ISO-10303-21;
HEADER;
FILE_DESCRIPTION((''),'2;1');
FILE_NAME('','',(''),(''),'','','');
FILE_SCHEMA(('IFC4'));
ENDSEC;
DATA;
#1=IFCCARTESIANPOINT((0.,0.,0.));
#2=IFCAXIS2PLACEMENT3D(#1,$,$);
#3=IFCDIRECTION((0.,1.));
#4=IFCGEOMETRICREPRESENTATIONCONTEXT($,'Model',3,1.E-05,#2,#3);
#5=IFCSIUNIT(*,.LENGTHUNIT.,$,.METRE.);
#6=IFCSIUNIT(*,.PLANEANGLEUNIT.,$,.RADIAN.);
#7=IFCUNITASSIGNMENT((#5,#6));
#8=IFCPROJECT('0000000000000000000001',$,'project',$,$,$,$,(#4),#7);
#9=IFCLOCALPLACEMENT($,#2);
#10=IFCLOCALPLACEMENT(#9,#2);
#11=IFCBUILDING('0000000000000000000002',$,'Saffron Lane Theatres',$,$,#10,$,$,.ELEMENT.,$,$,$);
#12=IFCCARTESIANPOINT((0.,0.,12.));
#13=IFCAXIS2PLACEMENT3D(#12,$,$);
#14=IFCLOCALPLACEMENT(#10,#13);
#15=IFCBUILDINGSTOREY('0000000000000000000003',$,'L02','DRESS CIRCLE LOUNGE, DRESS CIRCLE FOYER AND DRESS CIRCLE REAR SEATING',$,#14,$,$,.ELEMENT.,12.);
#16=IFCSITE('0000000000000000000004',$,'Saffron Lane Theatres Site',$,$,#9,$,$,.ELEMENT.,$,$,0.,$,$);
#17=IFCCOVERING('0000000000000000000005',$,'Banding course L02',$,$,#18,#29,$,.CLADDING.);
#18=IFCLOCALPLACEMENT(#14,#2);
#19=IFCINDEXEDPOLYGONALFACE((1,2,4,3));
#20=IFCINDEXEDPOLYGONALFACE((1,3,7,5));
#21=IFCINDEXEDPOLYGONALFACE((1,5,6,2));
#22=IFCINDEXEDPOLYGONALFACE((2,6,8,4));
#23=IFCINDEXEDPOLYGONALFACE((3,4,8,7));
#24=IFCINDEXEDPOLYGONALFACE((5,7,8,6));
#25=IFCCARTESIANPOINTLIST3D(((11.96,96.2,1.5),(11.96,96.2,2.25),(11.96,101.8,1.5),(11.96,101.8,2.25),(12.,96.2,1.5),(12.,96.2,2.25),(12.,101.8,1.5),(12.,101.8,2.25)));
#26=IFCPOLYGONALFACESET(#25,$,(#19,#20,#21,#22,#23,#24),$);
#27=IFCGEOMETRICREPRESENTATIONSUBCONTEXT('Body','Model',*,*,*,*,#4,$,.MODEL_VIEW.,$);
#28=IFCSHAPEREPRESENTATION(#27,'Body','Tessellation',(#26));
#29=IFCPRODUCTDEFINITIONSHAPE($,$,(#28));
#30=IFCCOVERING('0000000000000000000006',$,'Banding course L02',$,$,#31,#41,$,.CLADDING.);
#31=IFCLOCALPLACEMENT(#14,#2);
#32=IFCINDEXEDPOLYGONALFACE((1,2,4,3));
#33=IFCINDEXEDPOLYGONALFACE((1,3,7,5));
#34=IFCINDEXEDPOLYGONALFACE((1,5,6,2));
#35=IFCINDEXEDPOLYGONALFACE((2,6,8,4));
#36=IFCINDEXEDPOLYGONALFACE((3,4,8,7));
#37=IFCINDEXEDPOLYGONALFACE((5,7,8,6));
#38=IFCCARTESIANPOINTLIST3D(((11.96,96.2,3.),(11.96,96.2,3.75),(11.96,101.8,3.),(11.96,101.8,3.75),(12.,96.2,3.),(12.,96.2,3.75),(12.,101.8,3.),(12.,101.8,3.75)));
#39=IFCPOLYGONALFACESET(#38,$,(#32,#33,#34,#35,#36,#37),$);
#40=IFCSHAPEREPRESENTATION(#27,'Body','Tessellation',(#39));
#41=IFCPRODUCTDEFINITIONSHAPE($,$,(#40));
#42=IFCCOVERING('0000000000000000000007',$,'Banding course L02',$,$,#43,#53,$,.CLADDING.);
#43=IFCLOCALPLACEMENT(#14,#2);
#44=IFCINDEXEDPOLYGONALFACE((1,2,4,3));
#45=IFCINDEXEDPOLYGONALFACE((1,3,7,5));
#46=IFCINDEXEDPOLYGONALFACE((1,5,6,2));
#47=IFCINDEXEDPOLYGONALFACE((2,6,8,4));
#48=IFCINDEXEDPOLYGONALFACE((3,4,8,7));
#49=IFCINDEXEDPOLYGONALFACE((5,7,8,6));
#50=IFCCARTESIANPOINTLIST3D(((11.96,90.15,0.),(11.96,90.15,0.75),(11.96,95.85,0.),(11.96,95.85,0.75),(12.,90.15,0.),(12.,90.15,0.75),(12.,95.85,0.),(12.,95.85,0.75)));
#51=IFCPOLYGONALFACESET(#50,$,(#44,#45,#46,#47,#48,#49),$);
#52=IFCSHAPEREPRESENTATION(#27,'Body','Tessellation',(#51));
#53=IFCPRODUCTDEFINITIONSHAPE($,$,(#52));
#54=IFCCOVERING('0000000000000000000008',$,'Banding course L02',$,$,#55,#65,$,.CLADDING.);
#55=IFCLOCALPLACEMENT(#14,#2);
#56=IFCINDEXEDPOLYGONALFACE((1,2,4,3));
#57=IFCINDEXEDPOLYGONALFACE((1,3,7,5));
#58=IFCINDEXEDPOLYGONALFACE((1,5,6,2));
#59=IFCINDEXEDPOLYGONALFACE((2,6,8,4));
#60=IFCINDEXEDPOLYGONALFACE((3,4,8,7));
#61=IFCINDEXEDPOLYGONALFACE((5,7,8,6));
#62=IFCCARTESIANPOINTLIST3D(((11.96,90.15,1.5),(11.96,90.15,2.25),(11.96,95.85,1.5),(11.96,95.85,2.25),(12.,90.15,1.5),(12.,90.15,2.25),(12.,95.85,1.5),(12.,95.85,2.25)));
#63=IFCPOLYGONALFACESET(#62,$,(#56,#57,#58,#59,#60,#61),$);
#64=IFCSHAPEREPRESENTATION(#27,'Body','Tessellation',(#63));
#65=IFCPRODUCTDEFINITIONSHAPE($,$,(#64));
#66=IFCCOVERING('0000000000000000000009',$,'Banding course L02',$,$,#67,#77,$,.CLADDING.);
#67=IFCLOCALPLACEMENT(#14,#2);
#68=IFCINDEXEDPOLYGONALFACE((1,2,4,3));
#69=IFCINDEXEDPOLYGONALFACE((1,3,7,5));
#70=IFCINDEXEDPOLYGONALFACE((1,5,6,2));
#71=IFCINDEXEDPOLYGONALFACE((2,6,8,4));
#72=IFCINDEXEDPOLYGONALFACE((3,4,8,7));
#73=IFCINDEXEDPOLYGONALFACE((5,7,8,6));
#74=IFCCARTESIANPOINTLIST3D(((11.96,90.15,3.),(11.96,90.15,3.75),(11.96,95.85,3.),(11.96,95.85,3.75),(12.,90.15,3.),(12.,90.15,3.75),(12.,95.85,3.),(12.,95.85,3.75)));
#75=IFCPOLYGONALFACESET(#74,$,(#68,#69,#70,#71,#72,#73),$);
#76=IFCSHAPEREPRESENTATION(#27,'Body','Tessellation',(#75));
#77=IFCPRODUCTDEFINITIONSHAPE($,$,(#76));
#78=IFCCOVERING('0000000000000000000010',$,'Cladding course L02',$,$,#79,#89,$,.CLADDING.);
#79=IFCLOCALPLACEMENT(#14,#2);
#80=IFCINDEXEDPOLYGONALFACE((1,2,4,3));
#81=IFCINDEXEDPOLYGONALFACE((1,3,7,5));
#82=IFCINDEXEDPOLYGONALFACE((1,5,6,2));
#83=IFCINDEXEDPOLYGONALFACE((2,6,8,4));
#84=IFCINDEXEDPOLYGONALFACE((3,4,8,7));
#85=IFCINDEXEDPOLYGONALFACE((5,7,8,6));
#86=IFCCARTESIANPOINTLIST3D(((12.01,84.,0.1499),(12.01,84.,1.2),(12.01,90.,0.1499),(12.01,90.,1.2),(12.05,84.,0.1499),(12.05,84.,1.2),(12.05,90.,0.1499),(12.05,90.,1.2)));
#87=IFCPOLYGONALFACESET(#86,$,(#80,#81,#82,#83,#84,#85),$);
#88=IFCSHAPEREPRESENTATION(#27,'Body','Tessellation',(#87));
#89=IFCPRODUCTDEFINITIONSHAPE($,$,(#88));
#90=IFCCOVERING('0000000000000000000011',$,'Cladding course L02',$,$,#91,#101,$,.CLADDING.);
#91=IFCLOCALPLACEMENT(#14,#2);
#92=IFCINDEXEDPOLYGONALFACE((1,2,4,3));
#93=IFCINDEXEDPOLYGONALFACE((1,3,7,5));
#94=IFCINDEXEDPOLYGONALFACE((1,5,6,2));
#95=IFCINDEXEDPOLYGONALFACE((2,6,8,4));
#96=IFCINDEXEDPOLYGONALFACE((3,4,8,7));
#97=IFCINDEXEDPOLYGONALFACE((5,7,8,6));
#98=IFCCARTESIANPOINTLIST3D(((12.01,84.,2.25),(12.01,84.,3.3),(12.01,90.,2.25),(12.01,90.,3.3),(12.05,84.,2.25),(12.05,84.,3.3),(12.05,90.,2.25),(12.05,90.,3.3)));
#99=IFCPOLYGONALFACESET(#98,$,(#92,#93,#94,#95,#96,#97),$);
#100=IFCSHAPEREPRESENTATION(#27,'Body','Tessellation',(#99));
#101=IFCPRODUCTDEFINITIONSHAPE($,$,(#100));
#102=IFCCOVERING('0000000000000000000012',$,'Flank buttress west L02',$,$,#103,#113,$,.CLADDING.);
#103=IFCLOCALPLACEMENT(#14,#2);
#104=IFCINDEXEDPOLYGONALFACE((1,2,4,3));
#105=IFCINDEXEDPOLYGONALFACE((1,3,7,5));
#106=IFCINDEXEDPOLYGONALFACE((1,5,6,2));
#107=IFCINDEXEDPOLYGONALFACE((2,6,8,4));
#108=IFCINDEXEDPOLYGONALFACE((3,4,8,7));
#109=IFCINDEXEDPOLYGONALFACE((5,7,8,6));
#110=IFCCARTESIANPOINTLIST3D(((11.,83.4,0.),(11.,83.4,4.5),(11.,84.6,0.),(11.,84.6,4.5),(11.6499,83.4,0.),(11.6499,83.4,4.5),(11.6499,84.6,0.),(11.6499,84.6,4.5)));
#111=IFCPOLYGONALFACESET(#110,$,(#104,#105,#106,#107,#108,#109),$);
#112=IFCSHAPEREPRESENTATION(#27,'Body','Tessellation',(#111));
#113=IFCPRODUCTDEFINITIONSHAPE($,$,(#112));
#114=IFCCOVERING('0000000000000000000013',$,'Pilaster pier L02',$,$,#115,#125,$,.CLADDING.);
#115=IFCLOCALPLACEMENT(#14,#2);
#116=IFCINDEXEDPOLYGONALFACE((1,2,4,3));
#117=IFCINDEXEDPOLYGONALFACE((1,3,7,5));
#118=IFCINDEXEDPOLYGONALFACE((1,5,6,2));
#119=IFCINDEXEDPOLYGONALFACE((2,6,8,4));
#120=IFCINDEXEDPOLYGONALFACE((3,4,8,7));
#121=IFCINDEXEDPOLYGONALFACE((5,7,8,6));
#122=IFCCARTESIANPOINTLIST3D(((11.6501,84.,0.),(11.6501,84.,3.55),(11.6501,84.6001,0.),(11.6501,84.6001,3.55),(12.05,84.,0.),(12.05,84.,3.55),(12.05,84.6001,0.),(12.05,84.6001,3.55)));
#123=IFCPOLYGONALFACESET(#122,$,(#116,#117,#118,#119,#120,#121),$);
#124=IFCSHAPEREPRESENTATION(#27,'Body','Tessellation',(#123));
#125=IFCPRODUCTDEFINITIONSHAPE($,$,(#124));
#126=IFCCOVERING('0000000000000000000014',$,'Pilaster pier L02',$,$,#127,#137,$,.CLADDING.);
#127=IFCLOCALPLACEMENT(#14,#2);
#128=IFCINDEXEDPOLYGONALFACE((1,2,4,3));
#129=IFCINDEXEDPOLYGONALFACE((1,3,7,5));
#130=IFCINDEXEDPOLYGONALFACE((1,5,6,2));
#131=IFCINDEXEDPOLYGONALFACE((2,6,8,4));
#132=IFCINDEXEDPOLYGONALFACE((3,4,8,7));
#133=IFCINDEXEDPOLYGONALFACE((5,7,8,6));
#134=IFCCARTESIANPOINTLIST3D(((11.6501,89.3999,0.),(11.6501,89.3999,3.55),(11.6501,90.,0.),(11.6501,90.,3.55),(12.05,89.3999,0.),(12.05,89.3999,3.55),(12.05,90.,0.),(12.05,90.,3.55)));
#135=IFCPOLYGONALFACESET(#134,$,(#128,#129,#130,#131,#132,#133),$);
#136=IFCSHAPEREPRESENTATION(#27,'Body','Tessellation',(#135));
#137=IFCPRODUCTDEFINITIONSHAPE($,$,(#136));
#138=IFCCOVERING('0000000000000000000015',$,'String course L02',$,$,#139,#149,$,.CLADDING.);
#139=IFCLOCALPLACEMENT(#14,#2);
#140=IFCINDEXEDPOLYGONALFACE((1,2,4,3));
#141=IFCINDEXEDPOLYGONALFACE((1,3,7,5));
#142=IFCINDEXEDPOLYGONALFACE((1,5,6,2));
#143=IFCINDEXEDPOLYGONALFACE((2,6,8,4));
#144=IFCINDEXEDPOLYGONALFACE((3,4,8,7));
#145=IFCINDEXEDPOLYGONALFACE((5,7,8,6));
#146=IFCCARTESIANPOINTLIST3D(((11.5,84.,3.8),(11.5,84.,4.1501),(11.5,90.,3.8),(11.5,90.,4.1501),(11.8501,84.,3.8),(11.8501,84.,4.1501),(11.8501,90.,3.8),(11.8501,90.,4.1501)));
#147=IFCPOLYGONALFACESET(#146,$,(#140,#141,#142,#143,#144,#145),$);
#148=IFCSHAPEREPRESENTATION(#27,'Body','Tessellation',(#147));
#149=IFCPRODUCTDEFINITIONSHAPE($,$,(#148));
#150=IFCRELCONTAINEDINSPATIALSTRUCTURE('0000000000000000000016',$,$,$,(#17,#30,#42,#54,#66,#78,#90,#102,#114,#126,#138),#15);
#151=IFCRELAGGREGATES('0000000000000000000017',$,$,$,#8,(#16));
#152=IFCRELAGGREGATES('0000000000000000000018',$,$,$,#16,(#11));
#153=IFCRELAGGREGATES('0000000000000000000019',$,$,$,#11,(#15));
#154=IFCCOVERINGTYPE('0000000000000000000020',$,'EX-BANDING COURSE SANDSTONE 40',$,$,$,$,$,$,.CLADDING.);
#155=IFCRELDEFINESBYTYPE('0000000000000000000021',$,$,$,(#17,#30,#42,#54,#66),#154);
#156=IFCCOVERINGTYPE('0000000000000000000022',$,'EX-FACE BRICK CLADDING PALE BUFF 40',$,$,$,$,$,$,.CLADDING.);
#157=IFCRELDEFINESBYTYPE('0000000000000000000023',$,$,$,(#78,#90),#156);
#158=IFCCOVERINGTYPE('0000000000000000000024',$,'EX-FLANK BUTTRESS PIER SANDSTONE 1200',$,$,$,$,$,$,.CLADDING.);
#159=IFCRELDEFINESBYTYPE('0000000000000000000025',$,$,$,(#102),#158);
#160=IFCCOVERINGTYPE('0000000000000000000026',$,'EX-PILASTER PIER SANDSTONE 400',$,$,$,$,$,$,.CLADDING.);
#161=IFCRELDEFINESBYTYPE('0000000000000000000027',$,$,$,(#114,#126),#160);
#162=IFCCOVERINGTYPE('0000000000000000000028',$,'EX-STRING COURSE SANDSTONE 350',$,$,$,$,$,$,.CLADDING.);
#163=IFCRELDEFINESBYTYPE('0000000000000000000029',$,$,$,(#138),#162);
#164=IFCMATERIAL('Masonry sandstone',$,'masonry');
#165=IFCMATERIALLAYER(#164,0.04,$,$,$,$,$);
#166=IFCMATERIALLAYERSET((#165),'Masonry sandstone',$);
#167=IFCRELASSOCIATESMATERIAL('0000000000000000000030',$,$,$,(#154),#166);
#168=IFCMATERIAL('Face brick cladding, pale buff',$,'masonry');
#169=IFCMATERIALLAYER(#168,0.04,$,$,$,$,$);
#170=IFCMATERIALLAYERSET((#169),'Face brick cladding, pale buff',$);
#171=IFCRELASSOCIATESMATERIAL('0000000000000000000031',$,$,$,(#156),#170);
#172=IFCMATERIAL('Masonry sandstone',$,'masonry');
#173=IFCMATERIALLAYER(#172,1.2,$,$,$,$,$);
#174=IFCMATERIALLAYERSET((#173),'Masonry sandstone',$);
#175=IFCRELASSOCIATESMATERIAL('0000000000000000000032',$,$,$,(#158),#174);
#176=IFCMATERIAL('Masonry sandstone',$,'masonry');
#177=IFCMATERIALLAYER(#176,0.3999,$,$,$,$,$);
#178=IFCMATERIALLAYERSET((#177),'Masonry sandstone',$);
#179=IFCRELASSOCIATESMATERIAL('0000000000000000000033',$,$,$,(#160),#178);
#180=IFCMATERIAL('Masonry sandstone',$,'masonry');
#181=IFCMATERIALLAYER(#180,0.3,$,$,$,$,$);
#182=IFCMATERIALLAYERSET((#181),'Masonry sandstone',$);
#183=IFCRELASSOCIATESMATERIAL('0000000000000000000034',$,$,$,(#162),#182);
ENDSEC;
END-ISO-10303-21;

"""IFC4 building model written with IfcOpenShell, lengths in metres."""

from ifc_helpers import new_model, si_unit, direction, frame, origin, origin_2d, place, context, subcontext, project, spatial, rectangle, extrude, material, layer, layer_set, type_object, element, save


model = new_model("IFC4")

# Units and contexts
model_context = context("Model", 3, precision=1e-05, world=origin(), true_north=direction((0.0, 1.0)))
body_context = subcontext(model_context, "Body", "Model", "MODEL_VIEW")
ifc_project = project(units=[si_unit("LENGTHUNIT", "METRE"), si_unit("PLANEANGLEUNIT", "RADIAN")], contexts=[model_context])

# Site, building, storey
site_placement = place(None, origin())
site = spatial("IfcSite", under=ifc_project, at=site_placement, Name="Saffron Lane Theatres Site", CompositionType="ELEMENT", RefElevation=0.0)
building_placement = place(site_placement, origin())
building = spatial("IfcBuilding", under=site, at=building_placement, Name="Saffron Lane Theatres", CompositionType="ELEMENT")
storey_placement = place(building_placement, frame((0.0, 0.0, 12.0)))
storey = spatial("IfcBuildingStorey", under=building, at=storey_placement, Name="L02", Description="DRESS CIRCLE LOUNGE, DRESS CIRCLE FOYER AND DRESS CIRCLE REAR SEATING", CompositionType="ELEMENT", Elevation=12.0)

# Coverings
ifc_material_1 = material(Name="Masonry sandstone", Category="masonry")
ifc_layer_1 = layer(ifc_material_1, 0.04)
ifc_layer_set_1 = layer_set([ifc_layer_1], Name="Masonry sandstone")
covering_type_1 = type_object("IfcCoveringType", Name="EX-BANDING COURSE SANDSTONE 40", PredefinedType="CLADDING", material=ifc_layer_set_1)
for number, where, z_axis, x_axis, name in (
    (1, (11.98, 99.0, 1.5), (0.0, 0.0, 1.0), (0.0, 1.0, 0.0), "Banding course L02"),
    (2, (11.98, 99.0, 3.0), (0.0, 0.0, 1.0), (0.0, 1.0, 0.0), "Banding course L02"),
):
    element("IfcCovering", number, at=place(storey_placement, frame(where, z_axis=z_axis, x_axis=x_axis)), inside=storey, type_object=covering_type_1, Name=name, PredefinedType="CLADDING", context=body_context, shape_type="SweptSolid", body=[
        extrude(rectangle(XDim=5.6001, YDim=0.04, at=origin_2d()), origin(), (0.0, 0.0, 1.0), 0.75),
    ])
for number, where, z_axis, x_axis, name in (
    (3, (11.98, 93.0, 0.0), (0.0, 0.0, 1.0), (0.0, 1.0, 0.0), "Banding course L02"),
    (4, (11.98, 93.0, 1.5), (0.0, 0.0, 1.0), (0.0, 1.0, 0.0), "Banding course L02"),
    (5, (11.98, 93.0, 3.0), (0.0, 0.0, 1.0), (0.0, 1.0, 0.0), "Banding course L02"),
):
    element("IfcCovering", number, at=place(storey_placement, frame(where, z_axis=z_axis, x_axis=x_axis)), inside=storey, type_object=covering_type_1, Name=name, PredefinedType="CLADDING", context=body_context, shape_type="SweptSolid", body=[
        extrude(rectangle(XDim=5.7, YDim=0.04, at=origin_2d()), origin(), (0.0, 0.0, 1.0), 0.75),
    ])
ifc_material_2 = material(Name="Face brick cladding, pale buff", Category="masonry")
ifc_layer_2 = layer(ifc_material_2, 0.04)
ifc_layer_set_2 = layer_set([ifc_layer_2], Name="Face brick cladding, pale buff")
covering_type_2 = type_object("IfcCoveringType", Name="EX-FACE BRICK CLADDING PALE BUFF 40", PredefinedType="CLADDING", material=ifc_layer_set_2)
for number, where, z_axis, x_axis, name in (
    (6, (12.03, 87.0, 0.1499), (0.0, 0.0, 1.0), (0.0, 1.0, 0.0), "Cladding course L02"),
    (7, (12.03, 87.0, 2.25), (0.0, 0.0, 1.0), (0.0, 1.0, 0.0), "Cladding course L02"),
):
    element("IfcCovering", number, at=place(storey_placement, frame(where, z_axis=z_axis, x_axis=x_axis)), inside=storey, type_object=covering_type_2, Name=name, PredefinedType="CLADDING", context=body_context, shape_type="SweptSolid", body=[
        extrude(rectangle(XDim=6.0, YDim=0.04, at=origin_2d()), origin(), (0.0, 0.0, 1.0), 1.05),
    ])
ifc_material_3 = material(Name="Masonry sandstone", Category="masonry")
ifc_layer_3 = layer(ifc_material_3, 1.2)
ifc_layer_set_3 = layer_set([ifc_layer_3], Name="Masonry sandstone")
covering_type_3 = type_object("IfcCoveringType", Name="EX-FLANK BUTTRESS PIER SANDSTONE 1200", PredefinedType="CLADDING", material=ifc_layer_set_3)
covering_1_placement = place(storey_placement, frame((11.325, 84.0, 0.0), z_axis=(0.0, 0.0, 1.0), x_axis=(0.0, 1.0, 0.0)))
element("IfcCovering", 8, at=covering_1_placement, inside=storey, type_object=covering_type_3, Name="Flank buttress west L02", PredefinedType="CLADDING", context=body_context, shape_type="SweptSolid", body=[
    extrude(rectangle(XDim=1.2, YDim=0.6499, at=origin_2d()), origin(), (0.0, 0.0, 1.0), 4.5),
])
ifc_material_4 = material(Name="Masonry sandstone", Category="masonry")
ifc_layer_4 = layer(ifc_material_4, 0.3999)
ifc_layer_set_4 = layer_set([ifc_layer_4], Name="Masonry sandstone")
covering_type_4 = type_object("IfcCoveringType", Name="EX-PILASTER PIER SANDSTONE 400", PredefinedType="CLADDING", material=ifc_layer_set_4)
for number, where, z_axis, x_axis, name in (
    (9, (11.8501, 84.3, 0.0), (0.0, 0.0, 1.0), (0.0, 1.0, 0.0), "Pilaster pier L02"),
    (10, (11.8501, 89.7, 0.0), (0.0, 0.0, 1.0), (0.0, 1.0, 0.0), "Pilaster pier L02"),
):
    element("IfcCovering", number, at=place(storey_placement, frame(where, z_axis=z_axis, x_axis=x_axis)), inside=storey, type_object=covering_type_4, Name=name, PredefinedType="CLADDING", context=body_context, shape_type="SweptSolid", body=[
        extrude(rectangle(XDim=0.6001, YDim=0.3999, at=origin_2d()), origin(), (0.0, 0.0, 1.0), 3.55),
    ])
ifc_material_5 = material(Name="Masonry sandstone", Category="masonry")
ifc_layer_5 = layer(ifc_material_5, 0.3)
ifc_layer_set_5 = layer_set([ifc_layer_5], Name="Masonry sandstone")
covering_type_5 = type_object("IfcCoveringType", Name="EX-STRING COURSE SANDSTONE 350", PredefinedType="CLADDING", material=ifc_layer_set_5)
covering_2_placement = place(storey_placement, frame((11.675, 87.0, 3.8), z_axis=(0.0, 0.0, 1.0), x_axis=(0.0, 1.0, 0.0)))
element("IfcCovering", 11, at=covering_2_placement, inside=storey, type_object=covering_type_5, Name="String course L02", PredefinedType="CLADDING", context=body_context, shape_type="SweptSolid", body=[
    extrude(rectangle(XDim=6.0, YDim=0.3501, at=origin_2d()), origin(), (0.0, 0.0, 1.0), 0.3501),
])

save(model, "model.ifc")
